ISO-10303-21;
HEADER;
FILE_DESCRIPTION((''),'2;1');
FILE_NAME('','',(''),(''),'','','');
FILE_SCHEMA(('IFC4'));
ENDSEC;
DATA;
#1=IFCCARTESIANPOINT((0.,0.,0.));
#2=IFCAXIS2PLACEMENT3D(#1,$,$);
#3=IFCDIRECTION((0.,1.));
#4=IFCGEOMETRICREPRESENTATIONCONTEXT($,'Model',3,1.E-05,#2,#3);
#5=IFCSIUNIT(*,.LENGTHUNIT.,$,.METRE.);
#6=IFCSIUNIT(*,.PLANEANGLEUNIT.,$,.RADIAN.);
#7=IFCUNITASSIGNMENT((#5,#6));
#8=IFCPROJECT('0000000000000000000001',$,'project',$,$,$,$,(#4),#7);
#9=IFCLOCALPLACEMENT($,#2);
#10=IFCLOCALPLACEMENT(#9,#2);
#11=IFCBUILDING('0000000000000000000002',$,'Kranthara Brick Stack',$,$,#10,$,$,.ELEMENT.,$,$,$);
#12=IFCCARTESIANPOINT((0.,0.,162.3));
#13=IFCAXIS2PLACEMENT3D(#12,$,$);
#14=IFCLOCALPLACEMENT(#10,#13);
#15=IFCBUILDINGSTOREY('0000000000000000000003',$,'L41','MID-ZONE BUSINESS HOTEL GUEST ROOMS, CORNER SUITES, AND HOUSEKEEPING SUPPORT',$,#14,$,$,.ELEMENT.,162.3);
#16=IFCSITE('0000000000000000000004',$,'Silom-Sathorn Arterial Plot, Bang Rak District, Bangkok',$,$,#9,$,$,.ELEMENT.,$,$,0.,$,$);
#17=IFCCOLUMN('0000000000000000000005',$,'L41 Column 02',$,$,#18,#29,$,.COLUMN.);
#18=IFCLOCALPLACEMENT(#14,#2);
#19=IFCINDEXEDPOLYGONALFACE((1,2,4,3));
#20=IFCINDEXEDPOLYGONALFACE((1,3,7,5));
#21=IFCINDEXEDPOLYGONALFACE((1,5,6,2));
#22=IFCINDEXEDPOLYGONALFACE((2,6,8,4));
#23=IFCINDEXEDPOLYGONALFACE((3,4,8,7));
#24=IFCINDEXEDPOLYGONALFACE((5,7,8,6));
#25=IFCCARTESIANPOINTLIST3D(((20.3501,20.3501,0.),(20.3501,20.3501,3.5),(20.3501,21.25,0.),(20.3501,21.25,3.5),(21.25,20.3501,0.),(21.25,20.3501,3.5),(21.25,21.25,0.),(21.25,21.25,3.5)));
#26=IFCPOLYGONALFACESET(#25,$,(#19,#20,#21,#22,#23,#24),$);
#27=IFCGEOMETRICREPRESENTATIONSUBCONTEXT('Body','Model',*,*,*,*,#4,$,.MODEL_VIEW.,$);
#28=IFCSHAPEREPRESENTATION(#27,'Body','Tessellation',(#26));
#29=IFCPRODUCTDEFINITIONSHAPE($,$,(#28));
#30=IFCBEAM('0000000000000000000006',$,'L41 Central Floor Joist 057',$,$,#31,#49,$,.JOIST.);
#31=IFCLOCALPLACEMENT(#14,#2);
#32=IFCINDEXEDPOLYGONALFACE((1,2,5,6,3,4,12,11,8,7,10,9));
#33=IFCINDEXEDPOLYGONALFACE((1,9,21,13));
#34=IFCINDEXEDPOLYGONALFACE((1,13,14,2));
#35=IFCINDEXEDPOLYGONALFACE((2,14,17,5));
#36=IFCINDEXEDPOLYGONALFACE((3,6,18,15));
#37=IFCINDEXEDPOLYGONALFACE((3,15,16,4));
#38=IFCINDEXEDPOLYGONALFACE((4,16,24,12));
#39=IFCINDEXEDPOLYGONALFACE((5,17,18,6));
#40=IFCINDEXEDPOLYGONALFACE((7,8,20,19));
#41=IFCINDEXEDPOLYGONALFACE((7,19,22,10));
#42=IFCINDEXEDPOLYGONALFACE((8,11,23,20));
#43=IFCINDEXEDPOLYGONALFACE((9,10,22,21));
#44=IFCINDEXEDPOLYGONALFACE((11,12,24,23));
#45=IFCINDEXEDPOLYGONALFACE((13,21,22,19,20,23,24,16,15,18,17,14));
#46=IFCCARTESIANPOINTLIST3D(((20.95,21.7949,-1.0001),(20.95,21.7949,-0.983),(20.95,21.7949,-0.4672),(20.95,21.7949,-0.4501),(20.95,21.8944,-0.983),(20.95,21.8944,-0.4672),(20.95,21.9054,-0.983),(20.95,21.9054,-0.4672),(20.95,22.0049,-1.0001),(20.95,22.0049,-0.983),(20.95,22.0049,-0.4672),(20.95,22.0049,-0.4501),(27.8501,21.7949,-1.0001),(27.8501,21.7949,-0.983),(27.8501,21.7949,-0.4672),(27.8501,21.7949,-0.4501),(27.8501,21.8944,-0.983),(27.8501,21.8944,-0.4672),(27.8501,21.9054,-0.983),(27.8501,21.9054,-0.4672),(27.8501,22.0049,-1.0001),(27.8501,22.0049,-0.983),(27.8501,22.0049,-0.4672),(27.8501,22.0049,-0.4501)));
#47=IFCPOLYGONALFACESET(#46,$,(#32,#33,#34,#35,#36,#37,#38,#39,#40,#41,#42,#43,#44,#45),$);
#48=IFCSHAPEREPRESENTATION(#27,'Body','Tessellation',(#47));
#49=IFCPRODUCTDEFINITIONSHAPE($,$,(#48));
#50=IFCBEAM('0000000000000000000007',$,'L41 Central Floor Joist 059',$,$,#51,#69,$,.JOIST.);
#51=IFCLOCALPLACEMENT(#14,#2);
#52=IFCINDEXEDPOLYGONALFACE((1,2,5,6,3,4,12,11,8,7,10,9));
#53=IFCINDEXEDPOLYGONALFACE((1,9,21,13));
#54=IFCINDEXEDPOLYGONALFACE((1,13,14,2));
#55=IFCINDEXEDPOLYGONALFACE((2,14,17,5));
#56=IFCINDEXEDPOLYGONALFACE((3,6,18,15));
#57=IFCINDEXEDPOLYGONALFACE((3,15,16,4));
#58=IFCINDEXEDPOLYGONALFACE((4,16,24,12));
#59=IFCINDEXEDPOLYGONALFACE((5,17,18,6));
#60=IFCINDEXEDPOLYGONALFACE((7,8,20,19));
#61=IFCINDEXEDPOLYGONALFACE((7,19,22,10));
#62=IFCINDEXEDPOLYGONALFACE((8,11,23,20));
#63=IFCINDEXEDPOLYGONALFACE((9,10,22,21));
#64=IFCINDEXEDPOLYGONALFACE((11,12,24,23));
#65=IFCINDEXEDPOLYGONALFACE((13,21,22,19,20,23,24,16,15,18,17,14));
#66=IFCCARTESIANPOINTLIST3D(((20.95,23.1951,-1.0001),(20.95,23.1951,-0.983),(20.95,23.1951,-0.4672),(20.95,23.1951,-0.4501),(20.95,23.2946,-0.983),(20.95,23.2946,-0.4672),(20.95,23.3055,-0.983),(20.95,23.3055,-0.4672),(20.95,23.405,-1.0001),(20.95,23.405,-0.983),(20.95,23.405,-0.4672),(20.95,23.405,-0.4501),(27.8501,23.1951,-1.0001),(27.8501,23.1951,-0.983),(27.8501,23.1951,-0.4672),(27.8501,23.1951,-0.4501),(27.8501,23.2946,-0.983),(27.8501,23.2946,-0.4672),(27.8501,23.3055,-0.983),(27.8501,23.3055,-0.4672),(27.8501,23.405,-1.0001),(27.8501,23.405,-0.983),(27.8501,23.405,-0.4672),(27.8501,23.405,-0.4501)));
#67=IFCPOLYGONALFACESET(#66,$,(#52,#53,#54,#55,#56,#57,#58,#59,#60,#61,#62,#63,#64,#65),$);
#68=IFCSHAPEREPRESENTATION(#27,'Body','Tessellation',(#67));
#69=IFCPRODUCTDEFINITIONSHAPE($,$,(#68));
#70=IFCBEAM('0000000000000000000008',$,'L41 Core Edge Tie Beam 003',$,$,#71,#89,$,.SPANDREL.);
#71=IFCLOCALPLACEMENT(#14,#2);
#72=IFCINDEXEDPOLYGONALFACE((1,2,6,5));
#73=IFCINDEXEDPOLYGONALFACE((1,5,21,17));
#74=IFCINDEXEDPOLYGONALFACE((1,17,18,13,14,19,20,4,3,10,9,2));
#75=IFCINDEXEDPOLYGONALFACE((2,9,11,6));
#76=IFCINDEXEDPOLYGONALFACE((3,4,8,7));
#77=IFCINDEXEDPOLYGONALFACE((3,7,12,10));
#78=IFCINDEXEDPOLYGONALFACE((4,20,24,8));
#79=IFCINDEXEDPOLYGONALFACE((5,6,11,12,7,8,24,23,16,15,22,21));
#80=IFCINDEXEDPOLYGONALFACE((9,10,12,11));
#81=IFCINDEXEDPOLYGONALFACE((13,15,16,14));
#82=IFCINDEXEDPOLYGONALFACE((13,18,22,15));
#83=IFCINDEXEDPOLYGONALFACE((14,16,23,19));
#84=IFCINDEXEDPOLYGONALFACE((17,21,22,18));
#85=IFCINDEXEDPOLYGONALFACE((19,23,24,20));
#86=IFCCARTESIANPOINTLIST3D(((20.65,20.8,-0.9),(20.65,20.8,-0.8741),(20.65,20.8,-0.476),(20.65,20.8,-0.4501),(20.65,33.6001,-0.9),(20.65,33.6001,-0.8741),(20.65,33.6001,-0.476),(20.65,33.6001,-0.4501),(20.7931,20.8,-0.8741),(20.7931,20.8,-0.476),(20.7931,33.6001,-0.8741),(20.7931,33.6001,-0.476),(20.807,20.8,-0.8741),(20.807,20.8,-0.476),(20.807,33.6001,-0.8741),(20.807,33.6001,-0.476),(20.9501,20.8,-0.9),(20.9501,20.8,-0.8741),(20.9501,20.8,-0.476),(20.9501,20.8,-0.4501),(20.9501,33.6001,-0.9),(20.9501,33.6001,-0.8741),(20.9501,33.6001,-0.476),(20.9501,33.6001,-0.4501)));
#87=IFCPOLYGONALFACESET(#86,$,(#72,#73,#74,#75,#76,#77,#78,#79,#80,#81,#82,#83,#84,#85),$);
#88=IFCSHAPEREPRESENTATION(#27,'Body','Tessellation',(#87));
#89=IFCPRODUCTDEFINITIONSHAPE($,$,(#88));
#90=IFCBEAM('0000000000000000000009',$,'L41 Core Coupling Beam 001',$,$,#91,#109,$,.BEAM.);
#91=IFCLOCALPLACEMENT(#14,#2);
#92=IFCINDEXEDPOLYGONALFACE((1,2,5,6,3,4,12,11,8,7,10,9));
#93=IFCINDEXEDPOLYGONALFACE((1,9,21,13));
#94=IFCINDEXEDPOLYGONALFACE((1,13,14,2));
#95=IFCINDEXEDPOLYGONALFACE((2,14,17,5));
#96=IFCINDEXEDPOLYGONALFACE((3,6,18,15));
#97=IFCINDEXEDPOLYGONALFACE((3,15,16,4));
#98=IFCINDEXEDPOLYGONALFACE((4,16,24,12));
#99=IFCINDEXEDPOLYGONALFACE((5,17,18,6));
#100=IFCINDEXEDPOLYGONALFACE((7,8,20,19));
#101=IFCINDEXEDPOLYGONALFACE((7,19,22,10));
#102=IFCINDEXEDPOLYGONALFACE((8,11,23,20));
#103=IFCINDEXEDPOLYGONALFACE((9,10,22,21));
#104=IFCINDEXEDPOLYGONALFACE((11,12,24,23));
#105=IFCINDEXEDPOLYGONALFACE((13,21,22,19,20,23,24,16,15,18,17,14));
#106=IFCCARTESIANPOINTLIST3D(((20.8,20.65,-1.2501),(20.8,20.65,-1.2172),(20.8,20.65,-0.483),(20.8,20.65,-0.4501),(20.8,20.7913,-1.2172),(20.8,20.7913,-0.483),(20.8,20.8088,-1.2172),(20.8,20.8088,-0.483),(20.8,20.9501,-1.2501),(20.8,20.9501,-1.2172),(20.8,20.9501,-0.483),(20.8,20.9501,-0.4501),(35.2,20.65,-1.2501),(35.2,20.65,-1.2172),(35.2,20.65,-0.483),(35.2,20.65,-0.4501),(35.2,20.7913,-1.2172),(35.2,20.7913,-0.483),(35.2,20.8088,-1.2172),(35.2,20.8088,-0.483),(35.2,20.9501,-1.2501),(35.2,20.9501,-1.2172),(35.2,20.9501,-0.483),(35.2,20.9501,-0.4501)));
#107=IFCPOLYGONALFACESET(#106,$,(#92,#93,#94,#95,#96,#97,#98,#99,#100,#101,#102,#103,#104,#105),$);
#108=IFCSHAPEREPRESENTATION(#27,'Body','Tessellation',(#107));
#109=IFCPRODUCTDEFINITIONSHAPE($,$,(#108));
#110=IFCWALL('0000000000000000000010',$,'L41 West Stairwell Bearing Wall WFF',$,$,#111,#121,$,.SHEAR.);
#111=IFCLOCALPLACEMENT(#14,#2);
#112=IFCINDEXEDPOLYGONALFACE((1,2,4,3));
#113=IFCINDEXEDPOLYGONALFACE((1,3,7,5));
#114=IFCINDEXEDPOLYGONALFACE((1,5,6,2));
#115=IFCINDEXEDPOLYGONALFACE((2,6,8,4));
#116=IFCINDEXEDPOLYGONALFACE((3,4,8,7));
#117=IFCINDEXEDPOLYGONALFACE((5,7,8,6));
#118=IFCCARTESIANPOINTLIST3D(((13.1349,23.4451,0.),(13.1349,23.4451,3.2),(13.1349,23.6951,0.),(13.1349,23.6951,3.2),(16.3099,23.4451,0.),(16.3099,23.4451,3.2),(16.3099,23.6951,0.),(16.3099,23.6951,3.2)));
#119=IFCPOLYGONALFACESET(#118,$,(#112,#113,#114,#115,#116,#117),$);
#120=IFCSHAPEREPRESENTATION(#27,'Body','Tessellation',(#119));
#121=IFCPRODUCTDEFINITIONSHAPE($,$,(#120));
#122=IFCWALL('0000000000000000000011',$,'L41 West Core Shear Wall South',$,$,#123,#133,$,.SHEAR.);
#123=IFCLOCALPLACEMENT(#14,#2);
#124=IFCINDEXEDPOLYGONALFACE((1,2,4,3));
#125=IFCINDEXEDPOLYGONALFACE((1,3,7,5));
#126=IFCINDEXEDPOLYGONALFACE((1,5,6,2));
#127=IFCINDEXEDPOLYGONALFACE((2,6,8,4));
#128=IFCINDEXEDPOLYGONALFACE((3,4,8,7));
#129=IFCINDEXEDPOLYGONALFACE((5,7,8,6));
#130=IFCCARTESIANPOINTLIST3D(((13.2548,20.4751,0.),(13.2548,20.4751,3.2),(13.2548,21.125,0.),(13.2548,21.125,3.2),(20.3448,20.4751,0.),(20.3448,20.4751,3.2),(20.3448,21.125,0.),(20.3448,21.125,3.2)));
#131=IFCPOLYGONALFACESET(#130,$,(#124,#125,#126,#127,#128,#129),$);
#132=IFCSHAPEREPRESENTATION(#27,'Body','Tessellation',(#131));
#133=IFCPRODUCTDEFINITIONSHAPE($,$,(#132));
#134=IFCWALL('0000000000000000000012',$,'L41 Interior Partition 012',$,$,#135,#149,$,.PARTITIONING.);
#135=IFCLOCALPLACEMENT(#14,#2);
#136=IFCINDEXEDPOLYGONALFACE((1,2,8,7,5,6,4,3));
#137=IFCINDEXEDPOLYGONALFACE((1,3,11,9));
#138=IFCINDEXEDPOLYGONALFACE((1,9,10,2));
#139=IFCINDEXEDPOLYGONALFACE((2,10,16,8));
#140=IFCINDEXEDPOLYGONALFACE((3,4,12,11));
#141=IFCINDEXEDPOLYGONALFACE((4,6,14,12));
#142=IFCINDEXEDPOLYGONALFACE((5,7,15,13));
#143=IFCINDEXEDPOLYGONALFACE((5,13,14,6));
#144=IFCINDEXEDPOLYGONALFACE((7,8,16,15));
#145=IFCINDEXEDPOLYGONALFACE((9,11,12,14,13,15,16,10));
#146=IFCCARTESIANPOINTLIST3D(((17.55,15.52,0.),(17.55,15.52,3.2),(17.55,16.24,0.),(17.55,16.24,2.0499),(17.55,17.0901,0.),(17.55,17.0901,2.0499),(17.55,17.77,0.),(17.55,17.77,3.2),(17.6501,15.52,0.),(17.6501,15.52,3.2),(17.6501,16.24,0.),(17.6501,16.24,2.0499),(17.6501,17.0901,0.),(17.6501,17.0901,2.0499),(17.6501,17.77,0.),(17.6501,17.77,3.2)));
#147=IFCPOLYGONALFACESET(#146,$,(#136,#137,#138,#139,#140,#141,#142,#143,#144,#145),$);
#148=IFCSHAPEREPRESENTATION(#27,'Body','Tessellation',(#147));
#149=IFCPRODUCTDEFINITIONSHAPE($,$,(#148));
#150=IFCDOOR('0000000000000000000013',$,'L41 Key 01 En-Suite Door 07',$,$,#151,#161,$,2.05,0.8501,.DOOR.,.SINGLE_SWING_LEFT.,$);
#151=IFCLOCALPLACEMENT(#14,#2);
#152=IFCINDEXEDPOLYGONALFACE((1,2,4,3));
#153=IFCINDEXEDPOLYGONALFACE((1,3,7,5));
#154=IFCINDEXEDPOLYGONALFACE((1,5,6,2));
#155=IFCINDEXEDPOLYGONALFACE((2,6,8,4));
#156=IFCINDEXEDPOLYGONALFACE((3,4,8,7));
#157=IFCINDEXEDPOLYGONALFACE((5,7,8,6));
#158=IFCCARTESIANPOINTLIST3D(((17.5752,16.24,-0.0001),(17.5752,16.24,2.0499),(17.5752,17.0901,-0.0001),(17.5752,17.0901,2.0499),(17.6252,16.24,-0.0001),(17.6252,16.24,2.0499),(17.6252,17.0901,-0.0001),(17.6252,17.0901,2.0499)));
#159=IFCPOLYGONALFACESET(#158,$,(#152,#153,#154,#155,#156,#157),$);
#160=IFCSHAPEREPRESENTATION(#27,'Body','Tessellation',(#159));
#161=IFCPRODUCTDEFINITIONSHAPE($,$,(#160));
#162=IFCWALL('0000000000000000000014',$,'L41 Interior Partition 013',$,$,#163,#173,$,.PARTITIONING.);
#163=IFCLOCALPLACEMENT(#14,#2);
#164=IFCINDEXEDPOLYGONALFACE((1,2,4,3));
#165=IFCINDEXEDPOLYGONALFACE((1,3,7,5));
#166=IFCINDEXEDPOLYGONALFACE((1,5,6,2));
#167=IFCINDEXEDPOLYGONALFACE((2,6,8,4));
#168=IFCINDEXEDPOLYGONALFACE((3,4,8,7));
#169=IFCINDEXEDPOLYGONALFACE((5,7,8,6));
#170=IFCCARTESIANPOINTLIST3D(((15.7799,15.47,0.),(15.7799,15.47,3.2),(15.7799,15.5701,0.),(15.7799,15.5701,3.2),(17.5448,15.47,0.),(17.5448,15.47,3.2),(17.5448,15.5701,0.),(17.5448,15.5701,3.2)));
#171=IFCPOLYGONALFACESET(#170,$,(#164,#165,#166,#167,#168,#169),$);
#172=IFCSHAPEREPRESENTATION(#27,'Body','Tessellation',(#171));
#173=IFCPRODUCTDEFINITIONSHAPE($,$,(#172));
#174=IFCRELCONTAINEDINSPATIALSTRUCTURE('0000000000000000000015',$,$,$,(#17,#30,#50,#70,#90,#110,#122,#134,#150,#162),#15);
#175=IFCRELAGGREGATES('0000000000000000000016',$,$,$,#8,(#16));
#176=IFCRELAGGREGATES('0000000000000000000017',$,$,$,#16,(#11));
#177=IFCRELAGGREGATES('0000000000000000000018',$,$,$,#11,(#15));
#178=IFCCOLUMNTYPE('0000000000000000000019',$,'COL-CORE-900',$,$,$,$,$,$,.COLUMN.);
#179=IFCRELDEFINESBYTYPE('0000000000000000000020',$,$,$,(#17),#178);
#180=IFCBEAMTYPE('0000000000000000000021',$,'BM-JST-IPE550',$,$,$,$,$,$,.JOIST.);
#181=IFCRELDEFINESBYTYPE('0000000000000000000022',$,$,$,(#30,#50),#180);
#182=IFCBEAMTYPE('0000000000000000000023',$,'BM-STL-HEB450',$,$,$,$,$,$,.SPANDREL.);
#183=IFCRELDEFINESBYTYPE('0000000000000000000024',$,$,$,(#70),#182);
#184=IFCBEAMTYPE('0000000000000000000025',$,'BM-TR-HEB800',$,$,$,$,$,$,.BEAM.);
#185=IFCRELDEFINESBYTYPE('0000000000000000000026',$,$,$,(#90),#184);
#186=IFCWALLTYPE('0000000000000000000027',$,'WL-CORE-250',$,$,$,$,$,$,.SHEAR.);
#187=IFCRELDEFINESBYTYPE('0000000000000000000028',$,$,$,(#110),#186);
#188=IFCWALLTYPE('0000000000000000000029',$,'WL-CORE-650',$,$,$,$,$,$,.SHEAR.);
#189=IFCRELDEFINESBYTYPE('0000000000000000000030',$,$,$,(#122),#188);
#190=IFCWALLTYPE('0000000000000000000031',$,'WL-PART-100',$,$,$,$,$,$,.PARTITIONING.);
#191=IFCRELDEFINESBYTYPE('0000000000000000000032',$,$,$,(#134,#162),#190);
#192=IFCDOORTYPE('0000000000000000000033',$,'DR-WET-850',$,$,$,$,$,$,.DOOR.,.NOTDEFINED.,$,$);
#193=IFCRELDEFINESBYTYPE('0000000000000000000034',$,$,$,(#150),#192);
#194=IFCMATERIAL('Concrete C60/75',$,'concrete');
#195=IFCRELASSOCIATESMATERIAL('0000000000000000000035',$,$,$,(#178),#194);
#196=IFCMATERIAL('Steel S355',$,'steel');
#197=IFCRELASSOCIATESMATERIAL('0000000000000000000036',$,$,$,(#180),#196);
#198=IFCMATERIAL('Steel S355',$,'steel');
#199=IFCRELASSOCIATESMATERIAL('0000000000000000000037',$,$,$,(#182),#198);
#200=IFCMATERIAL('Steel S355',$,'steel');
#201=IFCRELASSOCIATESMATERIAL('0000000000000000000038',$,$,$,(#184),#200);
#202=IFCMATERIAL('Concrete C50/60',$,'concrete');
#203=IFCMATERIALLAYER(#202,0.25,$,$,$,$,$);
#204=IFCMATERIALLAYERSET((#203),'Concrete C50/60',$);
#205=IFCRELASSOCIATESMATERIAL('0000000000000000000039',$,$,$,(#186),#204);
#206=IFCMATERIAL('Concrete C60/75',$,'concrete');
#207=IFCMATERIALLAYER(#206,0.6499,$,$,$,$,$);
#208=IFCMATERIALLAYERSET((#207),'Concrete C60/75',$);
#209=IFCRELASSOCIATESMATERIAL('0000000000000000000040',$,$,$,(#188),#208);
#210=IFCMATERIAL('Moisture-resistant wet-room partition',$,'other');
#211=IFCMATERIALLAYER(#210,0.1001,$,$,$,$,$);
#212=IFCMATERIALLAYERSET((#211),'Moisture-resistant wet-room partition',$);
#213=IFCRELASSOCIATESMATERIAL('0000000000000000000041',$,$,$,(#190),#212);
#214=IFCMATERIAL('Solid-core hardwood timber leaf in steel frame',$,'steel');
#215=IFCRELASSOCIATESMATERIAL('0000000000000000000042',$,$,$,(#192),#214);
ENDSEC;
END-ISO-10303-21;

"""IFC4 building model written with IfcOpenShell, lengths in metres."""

from ifc_helpers import new_model, si_unit, direction, frame, frame_2d, origin, origin_2d, place, context, subcontext, project, spatial, rectangle, i_section, extrude, material, layer, layer_set, material_profile, profile_set, type_object, element, fill, save


model = new_model("IFC4")

# Units and contexts
model_context = context("Model", 3, precision=1e-05, world=origin(), true_north=direction((0.0, 1.0)))
body_context = subcontext(model_context, "Body", "Model", "MODEL_VIEW")
ifc_project = project(units=[si_unit("LENGTHUNIT", "METRE"), si_unit("PLANEANGLEUNIT", "RADIAN")], contexts=[model_context])

# Site, building, storey
site_placement = place(None, origin())
site = spatial("IfcSite", under=ifc_project, at=site_placement, Name="Silom-Sathorn Arterial Plot, Bang Rak District, Bangkok", CompositionType="ELEMENT", RefElevation=0.0)
building_placement = place(site_placement, origin())
building = spatial("IfcBuilding", under=site, at=building_placement, Name="Kranthara Brick Stack", CompositionType="ELEMENT")
storey_placement = place(building_placement, frame((0.0, 0.0, 162.3)))
storey = spatial("IfcBuildingStorey", under=building, at=storey_placement, Name="L41", Description="MID-ZONE BUSINESS HOTEL GUEST ROOMS, CORNER SUITES, AND HOUSEKEEPING SUPPORT", CompositionType="ELEMENT", Elevation=162.3)

# Column
ifc_material_1 = material(Name="Concrete C60/75", Category="concrete")
ifc_material_profile_1 = material_profile(ifc_material_1, rectangle(XDim=0.8999, YDim=0.8999, at=origin_2d()), Name="RC 900x900")
ifc_profile_set_1 = profile_set([ifc_material_profile_1], Name="Concrete C60/75")
column_type = type_object("IfcColumnType", Name="COL-CORE-900", PredefinedType="COLUMN", material=ifc_profile_set_1)
column_placement = place(storey_placement, frame((20.8, 20.8, 0.0), z_axis=(0.0, 0.0, 1.0), x_axis=(1.0, 0.0, 0.0)))
element("IfcColumn", 1, at=column_placement, inside=storey, type_object=column_type, Name="L41 Column 02", PredefinedType="COLUMN", context=body_context, shape_type="SweptSolid", body=[
    extrude(rectangle(XDim=0.8999, YDim=0.8999, at=origin_2d()), origin(), (0.0, 0.0, 1.0), 3.5),
])

# Beams
ifc_material_2 = material(Name="Steel S355", Category="steel")
ifc_material_profile_2 = material_profile(ifc_material_2, i_section(OverallWidth=0.21, OverallDepth=0.55, WebThickness=0.011, FlangeThickness=0.0171, at=origin_2d()), Name="IPE 550")
ifc_profile_set_2 = profile_set([ifc_material_profile_2], Name="Steel S355")
beam_type_1 = type_object("IfcBeamType", Name="BM-JST-IPE550", PredefinedType="JOIST", material=ifc_profile_set_2)
for number, where, z_axis, x_axis, name in (
    (2, (20.95, 21.8999, -0.7251), (1.0, 0.0, 0.0), (0.0, 1.0, 0.0), "L41 Central Floor Joist 057"),
    (3, (20.95, 23.3, -0.7251), (1.0, 0.0, 0.0), (0.0, 1.0, 0.0), "L41 Central Floor Joist 059"),
):
    element("IfcBeam", number, at=place(storey_placement, frame(where, z_axis=z_axis, x_axis=x_axis)), inside=storey, type_object=beam_type_1, Name=name, PredefinedType="JOIST", context=body_context, shape_type="SweptSolid", body=[
        extrude(i_section(OverallWidth=0.21, OverallDepth=0.55, WebThickness=0.011, FlangeThickness=0.0171, at=origin_2d()), origin(), (0.0, 0.0, 1.0), 6.9001),
    ])
ifc_material_3 = material(Name="Steel S355", Category="steel")
ifc_material_profile_3 = material_profile(ifc_material_3, i_section(OverallWidth=0.3, OverallDepth=0.45, WebThickness=0.0139, FlangeThickness=0.0259, at=origin_2d()), Name="HEB 450")
ifc_profile_set_3 = profile_set([ifc_material_profile_3], Name="Steel S355")
beam_type_2 = type_object("IfcBeamType", Name="BM-STL-HEB450", PredefinedType="SPANDREL", material=ifc_profile_set_3)
beam_1_placement = place(storey_placement, frame((20.8, 20.8, -0.675), z_axis=(0.0, 1.0, 0.0), x_axis=(-1.0, 0.0, 0.0)))
element("IfcBeam", 4, at=beam_1_placement, inside=storey, type_object=beam_type_2, Name="L41 Core Edge Tie Beam 003", PredefinedType="SPANDREL", context=body_context, shape_type="SweptSolid", body=[
    extrude(i_section(OverallWidth=0.3, OverallDepth=0.45, WebThickness=0.0139, FlangeThickness=0.0259, at=origin_2d()), origin(), (0.0, 0.0, 1.0), 12.8),
])
ifc_material_4 = material(Name="Steel S355", Category="steel")
ifc_material_profile_4 = material_profile(ifc_material_4, i_section(OverallWidth=0.3, OverallDepth=0.8, WebThickness=0.0176, FlangeThickness=0.033, at=origin_2d()), Name="HEB 800")
ifc_profile_set_4 = profile_set([ifc_material_profile_4], Name="Steel S355")
beam_type_3 = type_object("IfcBeamType", Name="BM-TR-HEB800", PredefinedType="BEAM", material=ifc_profile_set_4)
beam_2_placement = place(storey_placement, frame((20.8, 20.8, -0.8501), z_axis=(1.0, 0.0, 0.0), x_axis=(0.0, 1.0, 0.0)))
element("IfcBeam", 5, at=beam_2_placement, inside=storey, type_object=beam_type_3, Name="L41 Core Coupling Beam 001", PredefinedType="BEAM", context=body_context, shape_type="SweptSolid", body=[
    extrude(i_section(OverallWidth=0.3, OverallDepth=0.8, WebThickness=0.0176, FlangeThickness=0.033, at=origin_2d()), origin(), (0.0, 0.0, 1.0), 14.3999),
])

# Shared definitions
ifc_material_5 = material(Name="Concrete C50/60", Category="concrete")
ifc_layer_1 = layer(ifc_material_5, 0.25)
ifc_layer_set_1 = layer_set([ifc_layer_1], Name="Concrete C50/60")
wall_type_1 = type_object("IfcWallType", Name="WL-CORE-250", PredefinedType="SHEAR", material=ifc_layer_set_1)

# Walls
wall_1_placement = place(storey_placement, frame((13.135, 23.5701, 0.0), z_axis=(0.0, 0.0, 1.0), x_axis=(1.0, 0.0, 0.0)))
element("IfcWall", 6, at=wall_1_placement, inside=storey, type_object=wall_type_1, Name="L41 West Stairwell Bearing Wall WFF", PredefinedType="SHEAR", context=body_context, shape_type="SweptSolid", body=[
    extrude(rectangle(XDim=3.175, YDim=0.25, at=frame_2d((1.5874, 0.0))), origin(), (0.0, 0.0, 1.0), 3.2),
])
ifc_material_6 = material(Name="Concrete C60/75", Category="concrete")
ifc_layer_2 = layer(ifc_material_6, 0.6499)
ifc_layer_set_2 = layer_set([ifc_layer_2], Name="Concrete C60/75")
wall_type_2 = type_object("IfcWallType", Name="WL-CORE-650", PredefinedType="SHEAR", material=ifc_layer_set_2)
wall_2_placement = place(storey_placement, frame((13.2549, 20.8, 0.0), z_axis=(0.0, 0.0, 1.0), x_axis=(1.0, 0.0, 0.0)))
element("IfcWall", 7, at=wall_2_placement, inside=storey, type_object=wall_type_2, Name="L41 West Core Shear Wall South", PredefinedType="SHEAR", context=body_context, shape_type="SweptSolid", body=[
    extrude(rectangle(XDim=7.0901, YDim=0.6499, at=frame_2d((3.5449, 0.0))), origin(), (0.0, 0.0, 1.0), 3.2),
])

# Wall, opening, door
ifc_material_7 = material(Name="Moisture-resistant wet-room partition", Category="other")
ifc_layer_3 = layer(ifc_material_7, 0.1001)
ifc_layer_set_3 = layer_set([ifc_layer_3], Name="Moisture-resistant wet-room partition")
wall_type_3 = type_object("IfcWallType", Name="WL-PART-100", PredefinedType="PARTITIONING", material=ifc_layer_set_3)
wall_3_placement = place(storey_placement, frame((17.6001, 15.52, 0.0), z_axis=(0.0, 0.0, 1.0), x_axis=(0.0, 1.0, 0.0)))
wall_3 = element("IfcWall", 8, at=wall_3_placement, inside=storey, type_object=wall_type_3, Name="L41 Interior Partition 012", PredefinedType="PARTITIONING", context=body_context, shape_type="SweptSolid", body=[
    extrude(rectangle(XDim=2.25, YDim=0.1001, at=frame_2d((1.125, 0.0))), origin(), (0.0, 0.0, 1.0), 3.2),
])
opening_1_placement = place(wall_3_placement, frame((0.72, 0.0, 0.0)))
opening_1 = element("IfcOpeningElement", 9, at=opening_1_placement, cuts=wall_3, PredefinedType="OPENING", context=body_context, shape_type="SweptSolid", body=[
    extrude(rectangle(XDim=0.8501, YDim=2.05, at=frame_2d((0.425, 1.0249))), frame((0.0, 0.0601, 0.0), z_axis=(0.0, -1.0, 0.0), x_axis=(1.0, 0.0, 0.0)), (0.0, 0.0, 1.0), 0.1201),
])
ifc_material_8 = material(Name="Solid-core hardwood timber leaf in steel frame", Category="steel")
door_type_1 = type_object("IfcDoorType", Name="DR-WET-850", OperationType="NOTDEFINED", PredefinedType="DOOR", material=ifc_material_8)
door_1_placement = place(opening_1_placement, origin())
door_1 = element("IfcDoor", 10, at=door_1_placement, inside=storey, type_object=door_type_1, Name="L41 Key 01 En-Suite Door 07", OperationType="SINGLE_SWING_LEFT", OverallHeight=2.05, OverallWidth=0.8501, PredefinedType="DOOR", context=body_context, shape_type="SweptSolid", body=[
    extrude(rectangle(XDim=0.8501, YDim=2.05, at=frame_2d((0.425, 1.0249))), frame((0.0, 0.0249, 0.0), z_axis=(0.0, -1.0, 0.0), x_axis=(1.0, 0.0, 0.0)), (0.0, 0.0, 1.0), 0.05),
])
fill(opening_1, door_1)

# Wall
wall_4_placement = place(storey_placement, frame((15.78, 15.52, 0.0), z_axis=(0.0, 0.0, 1.0), x_axis=(1.0, 0.0, 0.0)))
element("IfcWall", 11, at=wall_4_placement, inside=storey, type_object=wall_type_3, Name="L41 Interior Partition 013", PredefinedType="PARTITIONING", context=body_context, shape_type="SweptSolid", body=[
    extrude(rectangle(XDim=1.7649, YDim=0.1001, at=frame_2d((0.8823, 0.0))), origin(), (0.0, 0.0, 1.0), 3.2),
])

save(model, "model.ifc")
